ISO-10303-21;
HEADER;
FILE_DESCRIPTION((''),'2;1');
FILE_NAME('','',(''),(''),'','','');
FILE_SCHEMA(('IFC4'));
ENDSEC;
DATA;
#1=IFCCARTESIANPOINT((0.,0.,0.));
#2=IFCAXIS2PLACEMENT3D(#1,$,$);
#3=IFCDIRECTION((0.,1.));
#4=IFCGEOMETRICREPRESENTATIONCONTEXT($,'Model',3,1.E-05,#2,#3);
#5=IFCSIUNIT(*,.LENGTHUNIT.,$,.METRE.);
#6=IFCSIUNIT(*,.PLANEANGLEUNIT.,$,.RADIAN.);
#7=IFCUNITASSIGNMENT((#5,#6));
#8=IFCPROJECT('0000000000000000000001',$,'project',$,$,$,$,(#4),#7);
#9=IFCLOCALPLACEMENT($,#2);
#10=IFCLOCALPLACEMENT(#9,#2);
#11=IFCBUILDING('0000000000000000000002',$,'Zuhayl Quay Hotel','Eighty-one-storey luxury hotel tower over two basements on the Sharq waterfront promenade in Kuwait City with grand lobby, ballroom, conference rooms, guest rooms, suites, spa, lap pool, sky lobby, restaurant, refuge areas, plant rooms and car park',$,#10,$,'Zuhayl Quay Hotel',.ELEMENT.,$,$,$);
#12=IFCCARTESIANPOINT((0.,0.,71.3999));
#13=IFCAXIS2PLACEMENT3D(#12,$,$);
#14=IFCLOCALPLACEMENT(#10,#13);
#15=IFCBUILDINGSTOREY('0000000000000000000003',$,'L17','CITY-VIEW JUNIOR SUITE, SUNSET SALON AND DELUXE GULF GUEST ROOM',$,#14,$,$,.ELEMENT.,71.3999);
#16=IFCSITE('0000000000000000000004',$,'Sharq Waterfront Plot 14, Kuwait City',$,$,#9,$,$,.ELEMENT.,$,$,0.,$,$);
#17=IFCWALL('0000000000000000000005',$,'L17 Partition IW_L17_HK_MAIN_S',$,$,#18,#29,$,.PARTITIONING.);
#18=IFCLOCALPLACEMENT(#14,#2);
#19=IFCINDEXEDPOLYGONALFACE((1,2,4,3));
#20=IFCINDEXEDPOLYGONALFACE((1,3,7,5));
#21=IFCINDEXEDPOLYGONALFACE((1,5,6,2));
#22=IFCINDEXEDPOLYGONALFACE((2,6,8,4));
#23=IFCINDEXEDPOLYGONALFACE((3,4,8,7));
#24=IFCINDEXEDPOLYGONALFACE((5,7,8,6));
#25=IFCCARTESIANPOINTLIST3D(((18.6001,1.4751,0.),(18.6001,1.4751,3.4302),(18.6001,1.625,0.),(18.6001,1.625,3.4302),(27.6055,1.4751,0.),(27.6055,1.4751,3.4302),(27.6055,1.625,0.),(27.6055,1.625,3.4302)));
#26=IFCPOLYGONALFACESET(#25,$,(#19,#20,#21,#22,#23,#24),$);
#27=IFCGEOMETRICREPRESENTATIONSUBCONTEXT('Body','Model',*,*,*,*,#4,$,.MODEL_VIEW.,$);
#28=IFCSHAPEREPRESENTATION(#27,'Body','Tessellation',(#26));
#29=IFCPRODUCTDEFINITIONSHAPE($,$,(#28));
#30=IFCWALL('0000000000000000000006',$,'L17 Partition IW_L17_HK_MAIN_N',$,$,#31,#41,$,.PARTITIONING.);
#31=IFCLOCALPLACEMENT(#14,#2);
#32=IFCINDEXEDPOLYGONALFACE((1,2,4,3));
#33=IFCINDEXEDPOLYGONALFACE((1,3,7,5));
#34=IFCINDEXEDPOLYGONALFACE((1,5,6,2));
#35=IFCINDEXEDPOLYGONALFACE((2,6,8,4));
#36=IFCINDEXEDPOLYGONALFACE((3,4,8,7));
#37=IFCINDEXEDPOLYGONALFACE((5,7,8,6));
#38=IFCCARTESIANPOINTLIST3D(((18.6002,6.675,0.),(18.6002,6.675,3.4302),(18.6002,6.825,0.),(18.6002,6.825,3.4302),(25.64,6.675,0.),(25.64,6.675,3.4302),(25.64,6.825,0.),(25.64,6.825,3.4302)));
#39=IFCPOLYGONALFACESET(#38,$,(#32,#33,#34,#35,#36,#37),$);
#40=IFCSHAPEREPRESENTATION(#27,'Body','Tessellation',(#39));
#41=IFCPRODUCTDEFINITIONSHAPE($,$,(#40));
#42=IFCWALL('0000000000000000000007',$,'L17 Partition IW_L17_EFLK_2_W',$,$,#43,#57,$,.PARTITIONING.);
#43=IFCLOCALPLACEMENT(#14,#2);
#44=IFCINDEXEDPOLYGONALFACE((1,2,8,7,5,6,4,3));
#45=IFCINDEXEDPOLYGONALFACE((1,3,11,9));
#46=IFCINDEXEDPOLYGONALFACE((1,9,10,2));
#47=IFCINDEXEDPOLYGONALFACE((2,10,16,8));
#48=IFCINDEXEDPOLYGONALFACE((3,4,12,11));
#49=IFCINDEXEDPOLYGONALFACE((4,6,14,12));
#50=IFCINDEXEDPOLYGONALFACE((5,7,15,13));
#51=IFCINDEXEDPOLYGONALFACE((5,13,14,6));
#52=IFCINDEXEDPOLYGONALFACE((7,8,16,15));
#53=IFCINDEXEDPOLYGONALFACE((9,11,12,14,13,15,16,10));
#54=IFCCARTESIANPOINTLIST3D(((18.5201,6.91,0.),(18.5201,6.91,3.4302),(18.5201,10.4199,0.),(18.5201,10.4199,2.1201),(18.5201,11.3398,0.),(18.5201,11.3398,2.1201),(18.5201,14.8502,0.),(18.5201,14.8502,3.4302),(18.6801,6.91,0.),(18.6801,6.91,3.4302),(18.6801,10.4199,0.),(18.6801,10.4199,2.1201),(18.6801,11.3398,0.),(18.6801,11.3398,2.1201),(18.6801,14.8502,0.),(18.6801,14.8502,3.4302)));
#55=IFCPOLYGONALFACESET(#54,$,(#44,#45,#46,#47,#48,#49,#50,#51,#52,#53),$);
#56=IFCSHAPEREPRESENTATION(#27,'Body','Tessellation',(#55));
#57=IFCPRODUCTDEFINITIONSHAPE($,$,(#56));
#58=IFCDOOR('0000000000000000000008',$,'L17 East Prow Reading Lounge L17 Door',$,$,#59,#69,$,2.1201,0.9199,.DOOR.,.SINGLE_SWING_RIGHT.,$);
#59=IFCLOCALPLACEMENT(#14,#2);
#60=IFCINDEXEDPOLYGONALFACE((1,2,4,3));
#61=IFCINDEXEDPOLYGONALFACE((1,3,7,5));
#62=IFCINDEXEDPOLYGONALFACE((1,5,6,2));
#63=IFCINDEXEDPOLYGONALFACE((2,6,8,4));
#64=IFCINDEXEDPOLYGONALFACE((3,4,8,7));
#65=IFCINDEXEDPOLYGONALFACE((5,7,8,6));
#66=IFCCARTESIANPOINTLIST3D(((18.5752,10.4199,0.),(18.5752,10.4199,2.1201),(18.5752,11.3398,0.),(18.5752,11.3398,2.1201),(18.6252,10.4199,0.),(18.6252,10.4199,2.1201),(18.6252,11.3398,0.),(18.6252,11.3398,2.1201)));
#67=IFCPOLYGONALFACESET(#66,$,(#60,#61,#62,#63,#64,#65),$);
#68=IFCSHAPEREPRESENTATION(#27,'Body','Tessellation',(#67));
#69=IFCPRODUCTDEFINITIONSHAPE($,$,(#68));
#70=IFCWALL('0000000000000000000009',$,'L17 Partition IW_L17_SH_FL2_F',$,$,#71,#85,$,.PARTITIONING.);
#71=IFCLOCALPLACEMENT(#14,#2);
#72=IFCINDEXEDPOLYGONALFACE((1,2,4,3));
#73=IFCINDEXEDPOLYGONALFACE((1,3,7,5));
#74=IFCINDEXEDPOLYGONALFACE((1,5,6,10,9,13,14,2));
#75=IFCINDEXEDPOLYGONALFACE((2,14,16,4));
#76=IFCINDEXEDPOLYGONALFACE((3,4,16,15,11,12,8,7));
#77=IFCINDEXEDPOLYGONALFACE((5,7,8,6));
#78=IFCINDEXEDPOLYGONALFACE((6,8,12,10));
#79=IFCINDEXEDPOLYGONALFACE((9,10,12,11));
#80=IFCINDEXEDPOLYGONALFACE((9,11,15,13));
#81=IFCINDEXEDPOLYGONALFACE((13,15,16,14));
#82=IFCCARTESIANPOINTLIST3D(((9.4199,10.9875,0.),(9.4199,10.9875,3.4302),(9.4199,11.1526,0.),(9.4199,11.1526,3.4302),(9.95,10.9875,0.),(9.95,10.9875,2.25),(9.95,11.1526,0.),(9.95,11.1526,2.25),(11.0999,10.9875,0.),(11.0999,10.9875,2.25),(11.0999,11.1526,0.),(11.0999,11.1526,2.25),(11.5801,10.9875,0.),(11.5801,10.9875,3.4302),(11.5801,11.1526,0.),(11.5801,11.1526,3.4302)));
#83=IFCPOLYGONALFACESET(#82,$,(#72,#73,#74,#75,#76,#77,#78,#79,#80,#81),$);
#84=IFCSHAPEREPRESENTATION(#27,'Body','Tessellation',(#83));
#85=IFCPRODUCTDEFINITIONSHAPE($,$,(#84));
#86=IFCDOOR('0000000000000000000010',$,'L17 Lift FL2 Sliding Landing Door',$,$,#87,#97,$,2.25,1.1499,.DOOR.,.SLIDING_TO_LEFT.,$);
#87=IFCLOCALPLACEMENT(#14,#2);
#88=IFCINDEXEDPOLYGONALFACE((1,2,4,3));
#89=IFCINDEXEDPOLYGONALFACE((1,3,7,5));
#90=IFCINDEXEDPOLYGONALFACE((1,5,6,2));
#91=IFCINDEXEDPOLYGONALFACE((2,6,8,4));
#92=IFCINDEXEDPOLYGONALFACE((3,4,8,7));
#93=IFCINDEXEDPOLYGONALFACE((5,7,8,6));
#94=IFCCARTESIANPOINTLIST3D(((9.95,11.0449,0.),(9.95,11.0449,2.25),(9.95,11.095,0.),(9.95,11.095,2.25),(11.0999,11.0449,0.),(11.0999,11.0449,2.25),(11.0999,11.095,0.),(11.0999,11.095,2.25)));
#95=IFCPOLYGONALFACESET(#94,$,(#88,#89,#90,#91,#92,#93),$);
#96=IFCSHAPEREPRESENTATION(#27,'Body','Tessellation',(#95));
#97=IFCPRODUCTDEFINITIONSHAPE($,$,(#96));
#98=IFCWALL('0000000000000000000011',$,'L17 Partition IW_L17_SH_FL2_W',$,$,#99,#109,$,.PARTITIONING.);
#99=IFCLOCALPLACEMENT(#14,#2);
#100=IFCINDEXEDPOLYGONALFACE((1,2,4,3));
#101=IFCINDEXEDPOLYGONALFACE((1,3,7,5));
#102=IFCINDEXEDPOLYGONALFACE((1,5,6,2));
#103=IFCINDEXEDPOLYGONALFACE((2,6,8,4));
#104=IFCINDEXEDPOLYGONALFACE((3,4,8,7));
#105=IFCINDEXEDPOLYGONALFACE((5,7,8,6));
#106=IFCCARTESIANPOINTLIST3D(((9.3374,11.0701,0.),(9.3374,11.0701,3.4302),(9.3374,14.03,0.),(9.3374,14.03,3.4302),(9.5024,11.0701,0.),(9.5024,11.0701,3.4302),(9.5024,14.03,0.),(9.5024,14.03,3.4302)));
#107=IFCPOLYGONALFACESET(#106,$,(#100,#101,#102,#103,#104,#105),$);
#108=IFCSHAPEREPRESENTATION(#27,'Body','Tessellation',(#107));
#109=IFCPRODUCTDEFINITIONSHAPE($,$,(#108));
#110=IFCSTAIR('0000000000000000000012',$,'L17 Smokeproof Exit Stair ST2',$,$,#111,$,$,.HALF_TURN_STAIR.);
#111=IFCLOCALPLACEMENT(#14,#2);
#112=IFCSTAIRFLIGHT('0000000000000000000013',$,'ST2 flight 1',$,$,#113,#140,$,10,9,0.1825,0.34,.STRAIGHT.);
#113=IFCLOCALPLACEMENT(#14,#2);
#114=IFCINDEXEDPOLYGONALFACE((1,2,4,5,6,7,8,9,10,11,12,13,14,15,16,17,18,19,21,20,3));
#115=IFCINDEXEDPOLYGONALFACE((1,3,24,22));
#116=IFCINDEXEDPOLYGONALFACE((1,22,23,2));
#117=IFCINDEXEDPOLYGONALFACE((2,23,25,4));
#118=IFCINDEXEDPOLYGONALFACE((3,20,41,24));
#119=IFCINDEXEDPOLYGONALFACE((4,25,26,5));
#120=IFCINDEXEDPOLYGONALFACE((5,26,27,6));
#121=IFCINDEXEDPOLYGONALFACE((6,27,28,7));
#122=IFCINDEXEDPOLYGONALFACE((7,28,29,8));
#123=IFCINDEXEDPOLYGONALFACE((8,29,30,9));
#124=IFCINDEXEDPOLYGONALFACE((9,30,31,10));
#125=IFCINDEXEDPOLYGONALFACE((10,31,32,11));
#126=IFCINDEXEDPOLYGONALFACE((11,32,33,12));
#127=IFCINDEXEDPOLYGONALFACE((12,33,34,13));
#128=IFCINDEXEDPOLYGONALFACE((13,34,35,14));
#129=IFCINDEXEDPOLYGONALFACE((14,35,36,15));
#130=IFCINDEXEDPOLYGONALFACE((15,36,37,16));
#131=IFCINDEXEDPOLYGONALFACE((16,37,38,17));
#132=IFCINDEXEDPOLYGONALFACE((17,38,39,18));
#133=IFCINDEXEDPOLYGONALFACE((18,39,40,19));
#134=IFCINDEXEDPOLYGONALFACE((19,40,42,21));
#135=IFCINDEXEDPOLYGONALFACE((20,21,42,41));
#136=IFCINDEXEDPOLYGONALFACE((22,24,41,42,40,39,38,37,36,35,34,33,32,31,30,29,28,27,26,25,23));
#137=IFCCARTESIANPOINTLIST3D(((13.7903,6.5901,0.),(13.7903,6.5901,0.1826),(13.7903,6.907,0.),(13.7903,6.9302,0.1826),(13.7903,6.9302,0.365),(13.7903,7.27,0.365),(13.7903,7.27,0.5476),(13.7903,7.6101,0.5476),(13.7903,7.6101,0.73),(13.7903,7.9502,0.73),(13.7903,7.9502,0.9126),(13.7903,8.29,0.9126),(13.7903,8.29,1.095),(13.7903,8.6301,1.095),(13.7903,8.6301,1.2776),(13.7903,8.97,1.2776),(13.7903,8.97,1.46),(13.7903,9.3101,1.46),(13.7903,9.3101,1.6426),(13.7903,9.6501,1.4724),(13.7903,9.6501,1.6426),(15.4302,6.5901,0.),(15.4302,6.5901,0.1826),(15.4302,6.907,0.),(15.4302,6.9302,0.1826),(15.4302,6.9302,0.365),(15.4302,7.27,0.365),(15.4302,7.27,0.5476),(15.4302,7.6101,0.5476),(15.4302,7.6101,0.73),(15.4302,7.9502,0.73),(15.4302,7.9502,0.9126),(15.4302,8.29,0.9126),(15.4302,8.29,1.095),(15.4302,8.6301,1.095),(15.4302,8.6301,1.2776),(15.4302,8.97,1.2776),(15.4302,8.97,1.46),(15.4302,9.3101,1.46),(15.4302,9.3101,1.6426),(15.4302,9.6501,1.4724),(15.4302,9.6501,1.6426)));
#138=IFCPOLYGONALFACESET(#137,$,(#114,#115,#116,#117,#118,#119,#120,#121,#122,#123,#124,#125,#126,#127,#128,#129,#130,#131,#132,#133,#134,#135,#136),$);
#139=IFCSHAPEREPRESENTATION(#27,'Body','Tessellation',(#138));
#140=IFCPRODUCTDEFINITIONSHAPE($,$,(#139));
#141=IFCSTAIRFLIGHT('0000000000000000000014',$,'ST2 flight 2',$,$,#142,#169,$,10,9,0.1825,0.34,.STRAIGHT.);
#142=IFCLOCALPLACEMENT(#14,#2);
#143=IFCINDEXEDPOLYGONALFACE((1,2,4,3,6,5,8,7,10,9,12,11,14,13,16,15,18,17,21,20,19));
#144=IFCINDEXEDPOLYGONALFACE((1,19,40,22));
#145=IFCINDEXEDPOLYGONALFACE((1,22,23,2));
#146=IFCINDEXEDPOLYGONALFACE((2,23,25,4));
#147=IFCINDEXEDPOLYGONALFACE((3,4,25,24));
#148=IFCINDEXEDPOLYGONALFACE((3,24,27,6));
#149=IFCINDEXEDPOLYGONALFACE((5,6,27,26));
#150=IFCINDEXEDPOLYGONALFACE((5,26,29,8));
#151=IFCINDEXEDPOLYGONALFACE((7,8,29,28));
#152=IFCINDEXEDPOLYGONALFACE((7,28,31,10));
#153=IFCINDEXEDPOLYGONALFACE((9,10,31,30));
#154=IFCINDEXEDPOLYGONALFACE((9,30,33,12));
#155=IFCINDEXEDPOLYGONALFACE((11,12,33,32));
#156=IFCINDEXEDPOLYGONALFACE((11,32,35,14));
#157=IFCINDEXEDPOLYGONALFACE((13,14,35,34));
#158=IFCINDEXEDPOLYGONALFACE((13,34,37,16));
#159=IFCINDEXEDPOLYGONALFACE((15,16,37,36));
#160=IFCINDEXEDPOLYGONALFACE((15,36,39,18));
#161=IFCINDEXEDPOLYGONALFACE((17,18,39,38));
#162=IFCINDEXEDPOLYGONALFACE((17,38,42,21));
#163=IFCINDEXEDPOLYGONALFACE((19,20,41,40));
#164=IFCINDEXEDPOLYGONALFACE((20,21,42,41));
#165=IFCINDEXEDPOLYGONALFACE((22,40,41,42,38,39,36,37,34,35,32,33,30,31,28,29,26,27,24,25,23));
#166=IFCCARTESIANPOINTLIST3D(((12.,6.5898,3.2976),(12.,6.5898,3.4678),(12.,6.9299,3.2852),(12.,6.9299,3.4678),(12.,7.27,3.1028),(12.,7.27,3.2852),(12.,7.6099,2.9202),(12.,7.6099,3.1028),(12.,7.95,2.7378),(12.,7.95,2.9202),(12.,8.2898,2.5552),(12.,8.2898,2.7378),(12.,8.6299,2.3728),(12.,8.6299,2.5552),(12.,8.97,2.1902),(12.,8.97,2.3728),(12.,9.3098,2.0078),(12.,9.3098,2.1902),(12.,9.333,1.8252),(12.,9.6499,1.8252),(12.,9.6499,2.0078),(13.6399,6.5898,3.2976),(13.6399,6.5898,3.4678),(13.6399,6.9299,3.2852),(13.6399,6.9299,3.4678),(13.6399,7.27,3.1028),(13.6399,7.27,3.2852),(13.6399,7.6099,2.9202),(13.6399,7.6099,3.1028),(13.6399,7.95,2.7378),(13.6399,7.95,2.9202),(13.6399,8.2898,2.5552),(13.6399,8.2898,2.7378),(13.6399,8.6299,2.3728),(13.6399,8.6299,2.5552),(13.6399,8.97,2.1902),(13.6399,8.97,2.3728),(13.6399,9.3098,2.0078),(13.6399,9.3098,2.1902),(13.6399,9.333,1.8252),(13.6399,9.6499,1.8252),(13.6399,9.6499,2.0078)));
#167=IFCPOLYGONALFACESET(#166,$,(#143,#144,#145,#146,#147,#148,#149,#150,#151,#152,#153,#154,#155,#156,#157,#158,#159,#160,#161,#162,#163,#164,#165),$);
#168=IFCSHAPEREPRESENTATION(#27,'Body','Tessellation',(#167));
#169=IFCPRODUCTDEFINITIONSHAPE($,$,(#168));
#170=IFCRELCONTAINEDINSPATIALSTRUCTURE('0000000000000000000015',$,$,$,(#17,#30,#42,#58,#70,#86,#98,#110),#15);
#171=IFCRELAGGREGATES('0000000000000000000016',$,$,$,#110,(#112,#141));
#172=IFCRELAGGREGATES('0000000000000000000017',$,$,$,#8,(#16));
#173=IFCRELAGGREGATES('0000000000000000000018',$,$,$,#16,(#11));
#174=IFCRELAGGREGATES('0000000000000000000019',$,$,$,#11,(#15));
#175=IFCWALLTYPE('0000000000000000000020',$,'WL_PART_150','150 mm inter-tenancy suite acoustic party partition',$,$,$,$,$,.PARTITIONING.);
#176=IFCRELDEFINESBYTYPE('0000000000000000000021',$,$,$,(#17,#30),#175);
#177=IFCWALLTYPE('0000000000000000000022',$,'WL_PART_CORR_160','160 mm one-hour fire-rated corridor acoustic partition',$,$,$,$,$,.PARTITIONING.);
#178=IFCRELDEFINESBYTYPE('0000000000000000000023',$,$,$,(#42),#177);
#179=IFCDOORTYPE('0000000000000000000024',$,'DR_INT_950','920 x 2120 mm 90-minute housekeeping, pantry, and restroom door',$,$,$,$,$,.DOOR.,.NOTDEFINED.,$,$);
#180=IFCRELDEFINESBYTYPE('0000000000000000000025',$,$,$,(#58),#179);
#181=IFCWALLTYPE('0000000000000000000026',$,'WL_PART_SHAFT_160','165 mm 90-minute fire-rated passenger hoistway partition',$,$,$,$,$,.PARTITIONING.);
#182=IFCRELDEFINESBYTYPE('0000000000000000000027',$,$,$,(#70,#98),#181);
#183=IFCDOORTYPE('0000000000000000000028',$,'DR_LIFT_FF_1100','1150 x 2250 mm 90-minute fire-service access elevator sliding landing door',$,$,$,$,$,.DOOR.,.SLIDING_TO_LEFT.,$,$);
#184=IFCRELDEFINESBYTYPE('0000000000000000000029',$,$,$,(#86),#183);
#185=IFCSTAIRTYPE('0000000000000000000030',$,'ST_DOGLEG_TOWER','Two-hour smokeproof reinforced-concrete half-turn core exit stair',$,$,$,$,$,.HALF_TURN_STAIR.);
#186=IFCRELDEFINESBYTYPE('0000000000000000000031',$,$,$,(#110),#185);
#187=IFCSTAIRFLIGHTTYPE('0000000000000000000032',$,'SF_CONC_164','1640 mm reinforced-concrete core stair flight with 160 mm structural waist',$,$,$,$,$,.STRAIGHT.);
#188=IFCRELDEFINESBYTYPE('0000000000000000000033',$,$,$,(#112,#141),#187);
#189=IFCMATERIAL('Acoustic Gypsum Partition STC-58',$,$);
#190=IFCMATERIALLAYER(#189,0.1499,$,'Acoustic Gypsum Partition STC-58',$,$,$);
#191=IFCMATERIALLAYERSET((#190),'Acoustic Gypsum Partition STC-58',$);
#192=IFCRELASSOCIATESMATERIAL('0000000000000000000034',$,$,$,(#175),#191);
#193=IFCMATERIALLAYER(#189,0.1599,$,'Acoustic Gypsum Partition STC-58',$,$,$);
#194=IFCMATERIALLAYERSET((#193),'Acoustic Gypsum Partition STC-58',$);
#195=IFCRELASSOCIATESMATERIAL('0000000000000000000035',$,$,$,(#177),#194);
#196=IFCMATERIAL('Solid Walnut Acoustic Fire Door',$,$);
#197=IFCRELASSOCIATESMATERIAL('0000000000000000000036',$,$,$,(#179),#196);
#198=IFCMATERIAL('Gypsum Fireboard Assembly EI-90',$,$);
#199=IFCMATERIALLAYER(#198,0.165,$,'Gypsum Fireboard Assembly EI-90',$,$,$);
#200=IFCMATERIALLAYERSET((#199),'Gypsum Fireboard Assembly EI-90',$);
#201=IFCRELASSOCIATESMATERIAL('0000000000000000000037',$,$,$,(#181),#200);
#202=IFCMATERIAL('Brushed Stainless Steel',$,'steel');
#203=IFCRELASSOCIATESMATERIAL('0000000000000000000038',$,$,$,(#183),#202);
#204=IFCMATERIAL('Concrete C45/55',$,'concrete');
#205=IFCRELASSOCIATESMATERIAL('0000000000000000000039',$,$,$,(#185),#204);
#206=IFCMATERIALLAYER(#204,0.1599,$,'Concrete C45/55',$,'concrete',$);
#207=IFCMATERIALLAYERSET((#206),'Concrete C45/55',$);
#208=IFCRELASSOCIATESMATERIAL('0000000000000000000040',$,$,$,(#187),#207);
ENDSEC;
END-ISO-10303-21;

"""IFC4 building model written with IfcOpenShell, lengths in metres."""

from ifc_helpers import new_model, si_unit, direction, frame, frame_2d, origin, place, context, subcontext, project, spatial, polyline, rectangle, outline, extrude, material, layer, layer_set, type_object, element, fill, aggregate, save


model = new_model("IFC4")

# Units and contexts
model_context = context("Model", 3, precision=1e-05, world=origin(), true_north=direction((0.0, 1.0)))
body_context = subcontext(model_context, "Body", "Model", "MODEL_VIEW")
ifc_project = project(units=[si_unit("LENGTHUNIT", "METRE"), si_unit("PLANEANGLEUNIT", "RADIAN")], contexts=[model_context])

# Site, building, storey
site_placement = place(None, origin())
site = spatial("IfcSite", under=ifc_project, at=site_placement, Name="Sharq Waterfront Plot 14, Kuwait City", CompositionType="ELEMENT", RefElevation=0.0)
building_placement = place(site_placement, origin())
building = spatial("IfcBuilding", under=site, at=building_placement, Name="Zuhayl Quay Hotel", Description="Eighty-one-storey luxury hotel tower over two basements on the Sharq waterfront promenade in Kuwait City with grand lobby, ballroom, conference rooms, guest rooms, suites, spa, lap pool, sky lobby, restaurant, refuge areas, plant rooms and car park", LongName="Zuhayl Quay Hotel", CompositionType="ELEMENT")
storey_placement = place(building_placement, frame((0.0, 0.0, 71.3999)))
storey = spatial("IfcBuildingStorey", under=building, at=storey_placement, Name="L17", Description="CITY-VIEW JUNIOR SUITE, SUNSET SALON AND DELUXE GULF GUEST ROOM", CompositionType="ELEMENT", Elevation=71.3999)

# Walls
ifc_material_1 = material(Name="Acoustic Gypsum Partition STC-58")
ifc_layer_1 = layer(ifc_material_1, 0.1499, Name="Acoustic Gypsum Partition STC-58")
ifc_layer_set_1 = layer_set([ifc_layer_1], Name="Acoustic Gypsum Partition STC-58")
wall_type_1 = type_object("IfcWallType", Name="WL_PART_150", Description="150 mm inter-tenancy suite acoustic party partition", PredefinedType="PARTITIONING", material=ifc_layer_set_1)
wall_1_placement = place(storey_placement, frame((18.6001, 1.55, 0.0), z_axis=(0.0, 0.0, 1.0), x_axis=(1.0, 0.0, 0.0)))
element("IfcWall", 1, at=wall_1_placement, inside=storey, type_object=wall_type_1, Name="L17 Partition IW_L17_HK_MAIN_S", PredefinedType="PARTITIONING", context=body_context, shape_type="SweptSolid", body=[
    extrude(rectangle(XDim=9.0054, YDim=0.1499, at=frame_2d((4.5027, 0.0))), origin(), (0.0, 0.0, 1.0), 3.4302),
])
wall_2_placement = place(storey_placement, frame((18.6001, 6.75, 0.0), z_axis=(0.0, 0.0, 1.0), x_axis=(1.0, 0.0, 0.0)))
element("IfcWall", 2, at=wall_2_placement, inside=storey, type_object=wall_type_1, Name="L17 Partition IW_L17_HK_MAIN_N", PredefinedType="PARTITIONING", context=body_context, shape_type="SweptSolid", body=[
    extrude(rectangle(XDim=7.0398, YDim=0.1499, at=frame_2d((3.52, 0.0))), origin(), (0.0, 0.0, 1.0), 3.4302),
])

# Walls, openings, doors
ifc_layer_2 = layer(ifc_material_1, 0.1599, Name="Acoustic Gypsum Partition STC-58")
ifc_layer_set_2 = layer_set([ifc_layer_2], Name="Acoustic Gypsum Partition STC-58")
wall_type_2 = type_object("IfcWallType", Name="WL_PART_CORR_160", Description="160 mm one-hour fire-rated corridor acoustic partition", PredefinedType="PARTITIONING", material=ifc_layer_set_2)
wall_3_placement = place(storey_placement, frame((18.6001, 6.9099, 0.0), z_axis=(0.0, 0.0, 1.0), x_axis=(0.0, 1.0, 0.0)))
wall_3 = element("IfcWall", 3, at=wall_3_placement, inside=storey, type_object=wall_type_2, Name="L17 Partition IW_L17_EFLK_2_W", PredefinedType="PARTITIONING", context=body_context, shape_type="SweptSolid", body=[
    extrude(rectangle(XDim=7.9402, YDim=0.1599, at=frame_2d((3.9702, 0.0))), origin(), (0.0, 0.0, 1.0), 3.4302),
])
opening_1_placement = place(wall_3_placement, frame((3.51, 0.0, 0.0)))
opening_1 = element("IfcOpeningElement", 4, at=opening_1_placement, cuts=wall_3, PredefinedType="OPENING", context=body_context, shape_type="SweptSolid", body=[
    extrude(rectangle(XDim=0.9199, YDim=2.1201, at=frame_2d((0.46, 1.0601))), frame((0.0, 0.0898, 0.0), z_axis=(0.0, -1.0, 0.0), x_axis=(1.0, 0.0, 0.0)), (0.0, 0.0, 1.0), 0.1799),
])
ifc_material_2 = material(Name="Solid Walnut Acoustic Fire Door")
door_type_1 = type_object("IfcDoorType", Name="DR_INT_950", Description="920 x 2120 mm 90-minute housekeeping, pantry, and restroom door", OperationType="NOTDEFINED", PredefinedType="DOOR", material=ifc_material_2)
door_1_placement = place(opening_1_placement, origin())
door_1 = element("IfcDoor", 5, at=door_1_placement, inside=storey, type_object=door_type_1, Name="L17 East Prow Reading Lounge L17 Door", OperationType="SINGLE_SWING_RIGHT", OverallHeight=2.1201, OverallWidth=0.9199, PredefinedType="DOOR", context=body_context, shape_type="SweptSolid", body=[
    extrude(rectangle(XDim=0.9199, YDim=2.1201, at=frame_2d((0.46, 1.0601))), frame((0.0, 0.0249, 0.0), z_axis=(0.0, -1.0, 0.0), x_axis=(1.0, 0.0, 0.0)), (0.0, 0.0, 1.0), 0.05),
])
fill(opening_1, door_1)
ifc_material_3 = material(Name="Gypsum Fireboard Assembly EI-90")
ifc_layer_3 = layer(ifc_material_3, 0.165, Name="Gypsum Fireboard Assembly EI-90")
ifc_layer_set_3 = layer_set([ifc_layer_3], Name="Gypsum Fireboard Assembly EI-90")
wall_type_3 = type_object("IfcWallType", Name="WL_PART_SHAFT_160", Description="165 mm 90-minute fire-rated passenger hoistway partition", PredefinedType="PARTITIONING", material=ifc_layer_set_3)
wall_4_placement = place(storey_placement, frame((9.4199, 11.0701, 0.0), z_axis=(0.0, 0.0, 1.0), x_axis=(1.0, 0.0, 0.0)))
wall_4 = element("IfcWall", 6, at=wall_4_placement, inside=storey, type_object=wall_type_3, Name="L17 Partition IW_L17_SH_FL2_F", PredefinedType="PARTITIONING", context=body_context, shape_type="SweptSolid", body=[
    extrude(rectangle(XDim=2.1602, YDim=0.165, at=frame_2d((1.0801, 0.0))), origin(), (0.0, 0.0, 1.0), 3.4302),
])
opening_2_placement = place(wall_4_placement, frame((0.53, 0.0, 0.0)))
opening_2 = element("IfcOpeningElement", 7, at=opening_2_placement, cuts=wall_4, PredefinedType="OPENING", context=body_context, shape_type="SweptSolid", body=[
    extrude(rectangle(XDim=1.1499, YDim=2.25, at=frame_2d((0.575, 1.125))), frame((0.0, 0.0925, 0.0), z_axis=(0.0, -1.0, 0.0), x_axis=(1.0, 0.0, 0.0)), (0.0, 0.0, 1.0), 0.1851),
])
ifc_material_4 = material(Name="Brushed Stainless Steel", Category="steel")
door_type_2 = type_object("IfcDoorType", Name="DR_LIFT_FF_1100", Description="1150 x 2250 mm 90-minute fire-service access elevator sliding landing door", OperationType="SLIDING_TO_LEFT", PredefinedType="DOOR", material=ifc_material_4)
door_2_placement = place(opening_2_placement, origin())
door_2 = element("IfcDoor", 8, at=door_2_placement, inside=storey, type_object=door_type_2, Name="L17 Lift FL2 Sliding Landing Door", OperationType="SLIDING_TO_LEFT", OverallHeight=2.25, OverallWidth=1.1499, PredefinedType="DOOR", context=body_context, shape_type="SweptSolid", body=[
    extrude(rectangle(XDim=1.1499, YDim=2.25, at=frame_2d((0.575, 1.125))), frame((0.0, 0.0249, 0.0), z_axis=(0.0, -1.0, 0.0), x_axis=(1.0, 0.0, 0.0)), (0.0, 0.0, 1.0), 0.05),
])
fill(opening_2, door_2)

# Wall
wall_5_placement = place(storey_placement, frame((9.4199, 11.0701, 0.0), z_axis=(0.0, 0.0, 1.0), x_axis=(0.0, 1.0, 0.0)))
element("IfcWall", 9, at=wall_5_placement, inside=storey, type_object=wall_type_3, Name="L17 Partition IW_L17_SH_FL2_W", PredefinedType="PARTITIONING", context=body_context, shape_type="SweptSolid", body=[
    extrude(rectangle(XDim=2.96, YDim=0.165, at=frame_2d((1.48, 0.0))), origin(), (0.0, 0.0, 1.0), 3.4302),
])

# Stair, stair flights
ifc_material_5 = material(Name="Concrete C45/55", Category="concrete")
stair_type = type_object("IfcStairType", Name="ST_DOGLEG_TOWER", Description="Two-hour smokeproof reinforced-concrete half-turn core exit stair", PredefinedType="HALF_TURN_STAIR", material=ifc_material_5)
stair_placement = place(storey_placement, origin())
stair = element("IfcStair", 10, at=stair_placement, inside=storey, type_object=stair_type, Name="L17 Smokeproof Exit Stair ST2", PredefinedType="HALF_TURN_STAIR")
ifc_layer_4 = layer(ifc_material_5, 0.1599, Name="Concrete C45/55", Category="concrete")
ifc_layer_set_4 = layer_set([ifc_layer_4], Name="Concrete C45/55")
stair_flight_type = type_object("IfcStairFlightType", Name="SF_CONC_164", Description="1640 mm reinforced-concrete core stair flight with 160 mm structural waist", PredefinedType="STRAIGHT", material=ifc_layer_set_4)
stair_flight_1_placement = place(storey_placement, frame((14.6101, 6.5901, 0.0), z_axis=(0.0, 0.0, 1.0), x_axis=(0.0, 1.0, 0.0)))
stair_flight_1 = element("IfcStairFlight", 11, at=stair_flight_1_placement, type_object=stair_flight_type, Name="ST2 flight 1", NumberOfRisers=10, NumberOfTreads=9, PredefinedType="STRAIGHT", RiserHeight=0.1825, TreadLength=0.34, context=body_context, shape_type="SweptSolid", body=[
    extrude(outline(polyline([(0.0, 0.0), (0.0, 0.1826), (0.3401, 0.1826), (0.3401, 0.365), (0.6799, 0.365), (0.6799, 0.5476), (1.02, 0.5476), (1.02, 0.73), (1.3601, 0.73), (1.3601, 0.9126), (1.7, 0.9126), (1.7, 1.095), (2.04, 1.095), (2.04, 1.2776), (2.3799, 1.2776), (2.3799, 1.46), (2.72, 1.46), (2.72, 1.6426), (3.0601, 1.6426), (3.0601, 1.825), (3.0601, 1.4724), (0.3169, 0.0), (0.0, 0.0)])), frame((0.0, 0.8198, 0.0), z_axis=(0.0, -1.0, 0.0), x_axis=(1.0, 0.0, 0.0)), (0.0, 0.0, 1.0), 1.6399),
])
stair_flight_2_placement = place(storey_placement, frame((12.8201, 9.6499, 1.8252), z_axis=(0.0, 0.0, 1.0), x_axis=(0.0, -1.0, 0.0)))
stair_flight_2 = element("IfcStairFlight", 12, at=stair_flight_2_placement, type_object=stair_flight_type, Name="ST2 flight 2", NumberOfRisers=10, NumberOfTreads=9, PredefinedType="STRAIGHT", RiserHeight=0.1825, TreadLength=0.34, context=body_context, shape_type="SweptSolid", body=[
    extrude(outline(polyline([(0.0, 0.0), (0.0, 0.1826), (0.3401, 0.1826), (0.3401, 0.365), (0.6799, 0.365), (0.6799, 0.5476), (1.02, 0.5476), (1.02, 0.73), (1.3601, 0.73), (1.3601, 0.9126), (1.7, 0.9126), (1.7, 1.095), (2.04, 1.095), (2.04, 1.2776), (2.3799, 1.2776), (2.3799, 1.46), (2.72, 1.46), (2.72, 1.6426), (3.0601, 1.6426), (3.0601, 1.825), (3.0601, 1.4724), (0.3169, 0.0), (0.0, 0.0)])), frame((0.0, 0.8198, 0.0), z_axis=(0.0, -1.0, 0.0), x_axis=(1.0, 0.0, 0.0)), (0.0, 0.0, 1.0), 1.6399),
])
aggregate(stair, [stair_flight_1, stair_flight_2])

save(model, "model.ifc")
